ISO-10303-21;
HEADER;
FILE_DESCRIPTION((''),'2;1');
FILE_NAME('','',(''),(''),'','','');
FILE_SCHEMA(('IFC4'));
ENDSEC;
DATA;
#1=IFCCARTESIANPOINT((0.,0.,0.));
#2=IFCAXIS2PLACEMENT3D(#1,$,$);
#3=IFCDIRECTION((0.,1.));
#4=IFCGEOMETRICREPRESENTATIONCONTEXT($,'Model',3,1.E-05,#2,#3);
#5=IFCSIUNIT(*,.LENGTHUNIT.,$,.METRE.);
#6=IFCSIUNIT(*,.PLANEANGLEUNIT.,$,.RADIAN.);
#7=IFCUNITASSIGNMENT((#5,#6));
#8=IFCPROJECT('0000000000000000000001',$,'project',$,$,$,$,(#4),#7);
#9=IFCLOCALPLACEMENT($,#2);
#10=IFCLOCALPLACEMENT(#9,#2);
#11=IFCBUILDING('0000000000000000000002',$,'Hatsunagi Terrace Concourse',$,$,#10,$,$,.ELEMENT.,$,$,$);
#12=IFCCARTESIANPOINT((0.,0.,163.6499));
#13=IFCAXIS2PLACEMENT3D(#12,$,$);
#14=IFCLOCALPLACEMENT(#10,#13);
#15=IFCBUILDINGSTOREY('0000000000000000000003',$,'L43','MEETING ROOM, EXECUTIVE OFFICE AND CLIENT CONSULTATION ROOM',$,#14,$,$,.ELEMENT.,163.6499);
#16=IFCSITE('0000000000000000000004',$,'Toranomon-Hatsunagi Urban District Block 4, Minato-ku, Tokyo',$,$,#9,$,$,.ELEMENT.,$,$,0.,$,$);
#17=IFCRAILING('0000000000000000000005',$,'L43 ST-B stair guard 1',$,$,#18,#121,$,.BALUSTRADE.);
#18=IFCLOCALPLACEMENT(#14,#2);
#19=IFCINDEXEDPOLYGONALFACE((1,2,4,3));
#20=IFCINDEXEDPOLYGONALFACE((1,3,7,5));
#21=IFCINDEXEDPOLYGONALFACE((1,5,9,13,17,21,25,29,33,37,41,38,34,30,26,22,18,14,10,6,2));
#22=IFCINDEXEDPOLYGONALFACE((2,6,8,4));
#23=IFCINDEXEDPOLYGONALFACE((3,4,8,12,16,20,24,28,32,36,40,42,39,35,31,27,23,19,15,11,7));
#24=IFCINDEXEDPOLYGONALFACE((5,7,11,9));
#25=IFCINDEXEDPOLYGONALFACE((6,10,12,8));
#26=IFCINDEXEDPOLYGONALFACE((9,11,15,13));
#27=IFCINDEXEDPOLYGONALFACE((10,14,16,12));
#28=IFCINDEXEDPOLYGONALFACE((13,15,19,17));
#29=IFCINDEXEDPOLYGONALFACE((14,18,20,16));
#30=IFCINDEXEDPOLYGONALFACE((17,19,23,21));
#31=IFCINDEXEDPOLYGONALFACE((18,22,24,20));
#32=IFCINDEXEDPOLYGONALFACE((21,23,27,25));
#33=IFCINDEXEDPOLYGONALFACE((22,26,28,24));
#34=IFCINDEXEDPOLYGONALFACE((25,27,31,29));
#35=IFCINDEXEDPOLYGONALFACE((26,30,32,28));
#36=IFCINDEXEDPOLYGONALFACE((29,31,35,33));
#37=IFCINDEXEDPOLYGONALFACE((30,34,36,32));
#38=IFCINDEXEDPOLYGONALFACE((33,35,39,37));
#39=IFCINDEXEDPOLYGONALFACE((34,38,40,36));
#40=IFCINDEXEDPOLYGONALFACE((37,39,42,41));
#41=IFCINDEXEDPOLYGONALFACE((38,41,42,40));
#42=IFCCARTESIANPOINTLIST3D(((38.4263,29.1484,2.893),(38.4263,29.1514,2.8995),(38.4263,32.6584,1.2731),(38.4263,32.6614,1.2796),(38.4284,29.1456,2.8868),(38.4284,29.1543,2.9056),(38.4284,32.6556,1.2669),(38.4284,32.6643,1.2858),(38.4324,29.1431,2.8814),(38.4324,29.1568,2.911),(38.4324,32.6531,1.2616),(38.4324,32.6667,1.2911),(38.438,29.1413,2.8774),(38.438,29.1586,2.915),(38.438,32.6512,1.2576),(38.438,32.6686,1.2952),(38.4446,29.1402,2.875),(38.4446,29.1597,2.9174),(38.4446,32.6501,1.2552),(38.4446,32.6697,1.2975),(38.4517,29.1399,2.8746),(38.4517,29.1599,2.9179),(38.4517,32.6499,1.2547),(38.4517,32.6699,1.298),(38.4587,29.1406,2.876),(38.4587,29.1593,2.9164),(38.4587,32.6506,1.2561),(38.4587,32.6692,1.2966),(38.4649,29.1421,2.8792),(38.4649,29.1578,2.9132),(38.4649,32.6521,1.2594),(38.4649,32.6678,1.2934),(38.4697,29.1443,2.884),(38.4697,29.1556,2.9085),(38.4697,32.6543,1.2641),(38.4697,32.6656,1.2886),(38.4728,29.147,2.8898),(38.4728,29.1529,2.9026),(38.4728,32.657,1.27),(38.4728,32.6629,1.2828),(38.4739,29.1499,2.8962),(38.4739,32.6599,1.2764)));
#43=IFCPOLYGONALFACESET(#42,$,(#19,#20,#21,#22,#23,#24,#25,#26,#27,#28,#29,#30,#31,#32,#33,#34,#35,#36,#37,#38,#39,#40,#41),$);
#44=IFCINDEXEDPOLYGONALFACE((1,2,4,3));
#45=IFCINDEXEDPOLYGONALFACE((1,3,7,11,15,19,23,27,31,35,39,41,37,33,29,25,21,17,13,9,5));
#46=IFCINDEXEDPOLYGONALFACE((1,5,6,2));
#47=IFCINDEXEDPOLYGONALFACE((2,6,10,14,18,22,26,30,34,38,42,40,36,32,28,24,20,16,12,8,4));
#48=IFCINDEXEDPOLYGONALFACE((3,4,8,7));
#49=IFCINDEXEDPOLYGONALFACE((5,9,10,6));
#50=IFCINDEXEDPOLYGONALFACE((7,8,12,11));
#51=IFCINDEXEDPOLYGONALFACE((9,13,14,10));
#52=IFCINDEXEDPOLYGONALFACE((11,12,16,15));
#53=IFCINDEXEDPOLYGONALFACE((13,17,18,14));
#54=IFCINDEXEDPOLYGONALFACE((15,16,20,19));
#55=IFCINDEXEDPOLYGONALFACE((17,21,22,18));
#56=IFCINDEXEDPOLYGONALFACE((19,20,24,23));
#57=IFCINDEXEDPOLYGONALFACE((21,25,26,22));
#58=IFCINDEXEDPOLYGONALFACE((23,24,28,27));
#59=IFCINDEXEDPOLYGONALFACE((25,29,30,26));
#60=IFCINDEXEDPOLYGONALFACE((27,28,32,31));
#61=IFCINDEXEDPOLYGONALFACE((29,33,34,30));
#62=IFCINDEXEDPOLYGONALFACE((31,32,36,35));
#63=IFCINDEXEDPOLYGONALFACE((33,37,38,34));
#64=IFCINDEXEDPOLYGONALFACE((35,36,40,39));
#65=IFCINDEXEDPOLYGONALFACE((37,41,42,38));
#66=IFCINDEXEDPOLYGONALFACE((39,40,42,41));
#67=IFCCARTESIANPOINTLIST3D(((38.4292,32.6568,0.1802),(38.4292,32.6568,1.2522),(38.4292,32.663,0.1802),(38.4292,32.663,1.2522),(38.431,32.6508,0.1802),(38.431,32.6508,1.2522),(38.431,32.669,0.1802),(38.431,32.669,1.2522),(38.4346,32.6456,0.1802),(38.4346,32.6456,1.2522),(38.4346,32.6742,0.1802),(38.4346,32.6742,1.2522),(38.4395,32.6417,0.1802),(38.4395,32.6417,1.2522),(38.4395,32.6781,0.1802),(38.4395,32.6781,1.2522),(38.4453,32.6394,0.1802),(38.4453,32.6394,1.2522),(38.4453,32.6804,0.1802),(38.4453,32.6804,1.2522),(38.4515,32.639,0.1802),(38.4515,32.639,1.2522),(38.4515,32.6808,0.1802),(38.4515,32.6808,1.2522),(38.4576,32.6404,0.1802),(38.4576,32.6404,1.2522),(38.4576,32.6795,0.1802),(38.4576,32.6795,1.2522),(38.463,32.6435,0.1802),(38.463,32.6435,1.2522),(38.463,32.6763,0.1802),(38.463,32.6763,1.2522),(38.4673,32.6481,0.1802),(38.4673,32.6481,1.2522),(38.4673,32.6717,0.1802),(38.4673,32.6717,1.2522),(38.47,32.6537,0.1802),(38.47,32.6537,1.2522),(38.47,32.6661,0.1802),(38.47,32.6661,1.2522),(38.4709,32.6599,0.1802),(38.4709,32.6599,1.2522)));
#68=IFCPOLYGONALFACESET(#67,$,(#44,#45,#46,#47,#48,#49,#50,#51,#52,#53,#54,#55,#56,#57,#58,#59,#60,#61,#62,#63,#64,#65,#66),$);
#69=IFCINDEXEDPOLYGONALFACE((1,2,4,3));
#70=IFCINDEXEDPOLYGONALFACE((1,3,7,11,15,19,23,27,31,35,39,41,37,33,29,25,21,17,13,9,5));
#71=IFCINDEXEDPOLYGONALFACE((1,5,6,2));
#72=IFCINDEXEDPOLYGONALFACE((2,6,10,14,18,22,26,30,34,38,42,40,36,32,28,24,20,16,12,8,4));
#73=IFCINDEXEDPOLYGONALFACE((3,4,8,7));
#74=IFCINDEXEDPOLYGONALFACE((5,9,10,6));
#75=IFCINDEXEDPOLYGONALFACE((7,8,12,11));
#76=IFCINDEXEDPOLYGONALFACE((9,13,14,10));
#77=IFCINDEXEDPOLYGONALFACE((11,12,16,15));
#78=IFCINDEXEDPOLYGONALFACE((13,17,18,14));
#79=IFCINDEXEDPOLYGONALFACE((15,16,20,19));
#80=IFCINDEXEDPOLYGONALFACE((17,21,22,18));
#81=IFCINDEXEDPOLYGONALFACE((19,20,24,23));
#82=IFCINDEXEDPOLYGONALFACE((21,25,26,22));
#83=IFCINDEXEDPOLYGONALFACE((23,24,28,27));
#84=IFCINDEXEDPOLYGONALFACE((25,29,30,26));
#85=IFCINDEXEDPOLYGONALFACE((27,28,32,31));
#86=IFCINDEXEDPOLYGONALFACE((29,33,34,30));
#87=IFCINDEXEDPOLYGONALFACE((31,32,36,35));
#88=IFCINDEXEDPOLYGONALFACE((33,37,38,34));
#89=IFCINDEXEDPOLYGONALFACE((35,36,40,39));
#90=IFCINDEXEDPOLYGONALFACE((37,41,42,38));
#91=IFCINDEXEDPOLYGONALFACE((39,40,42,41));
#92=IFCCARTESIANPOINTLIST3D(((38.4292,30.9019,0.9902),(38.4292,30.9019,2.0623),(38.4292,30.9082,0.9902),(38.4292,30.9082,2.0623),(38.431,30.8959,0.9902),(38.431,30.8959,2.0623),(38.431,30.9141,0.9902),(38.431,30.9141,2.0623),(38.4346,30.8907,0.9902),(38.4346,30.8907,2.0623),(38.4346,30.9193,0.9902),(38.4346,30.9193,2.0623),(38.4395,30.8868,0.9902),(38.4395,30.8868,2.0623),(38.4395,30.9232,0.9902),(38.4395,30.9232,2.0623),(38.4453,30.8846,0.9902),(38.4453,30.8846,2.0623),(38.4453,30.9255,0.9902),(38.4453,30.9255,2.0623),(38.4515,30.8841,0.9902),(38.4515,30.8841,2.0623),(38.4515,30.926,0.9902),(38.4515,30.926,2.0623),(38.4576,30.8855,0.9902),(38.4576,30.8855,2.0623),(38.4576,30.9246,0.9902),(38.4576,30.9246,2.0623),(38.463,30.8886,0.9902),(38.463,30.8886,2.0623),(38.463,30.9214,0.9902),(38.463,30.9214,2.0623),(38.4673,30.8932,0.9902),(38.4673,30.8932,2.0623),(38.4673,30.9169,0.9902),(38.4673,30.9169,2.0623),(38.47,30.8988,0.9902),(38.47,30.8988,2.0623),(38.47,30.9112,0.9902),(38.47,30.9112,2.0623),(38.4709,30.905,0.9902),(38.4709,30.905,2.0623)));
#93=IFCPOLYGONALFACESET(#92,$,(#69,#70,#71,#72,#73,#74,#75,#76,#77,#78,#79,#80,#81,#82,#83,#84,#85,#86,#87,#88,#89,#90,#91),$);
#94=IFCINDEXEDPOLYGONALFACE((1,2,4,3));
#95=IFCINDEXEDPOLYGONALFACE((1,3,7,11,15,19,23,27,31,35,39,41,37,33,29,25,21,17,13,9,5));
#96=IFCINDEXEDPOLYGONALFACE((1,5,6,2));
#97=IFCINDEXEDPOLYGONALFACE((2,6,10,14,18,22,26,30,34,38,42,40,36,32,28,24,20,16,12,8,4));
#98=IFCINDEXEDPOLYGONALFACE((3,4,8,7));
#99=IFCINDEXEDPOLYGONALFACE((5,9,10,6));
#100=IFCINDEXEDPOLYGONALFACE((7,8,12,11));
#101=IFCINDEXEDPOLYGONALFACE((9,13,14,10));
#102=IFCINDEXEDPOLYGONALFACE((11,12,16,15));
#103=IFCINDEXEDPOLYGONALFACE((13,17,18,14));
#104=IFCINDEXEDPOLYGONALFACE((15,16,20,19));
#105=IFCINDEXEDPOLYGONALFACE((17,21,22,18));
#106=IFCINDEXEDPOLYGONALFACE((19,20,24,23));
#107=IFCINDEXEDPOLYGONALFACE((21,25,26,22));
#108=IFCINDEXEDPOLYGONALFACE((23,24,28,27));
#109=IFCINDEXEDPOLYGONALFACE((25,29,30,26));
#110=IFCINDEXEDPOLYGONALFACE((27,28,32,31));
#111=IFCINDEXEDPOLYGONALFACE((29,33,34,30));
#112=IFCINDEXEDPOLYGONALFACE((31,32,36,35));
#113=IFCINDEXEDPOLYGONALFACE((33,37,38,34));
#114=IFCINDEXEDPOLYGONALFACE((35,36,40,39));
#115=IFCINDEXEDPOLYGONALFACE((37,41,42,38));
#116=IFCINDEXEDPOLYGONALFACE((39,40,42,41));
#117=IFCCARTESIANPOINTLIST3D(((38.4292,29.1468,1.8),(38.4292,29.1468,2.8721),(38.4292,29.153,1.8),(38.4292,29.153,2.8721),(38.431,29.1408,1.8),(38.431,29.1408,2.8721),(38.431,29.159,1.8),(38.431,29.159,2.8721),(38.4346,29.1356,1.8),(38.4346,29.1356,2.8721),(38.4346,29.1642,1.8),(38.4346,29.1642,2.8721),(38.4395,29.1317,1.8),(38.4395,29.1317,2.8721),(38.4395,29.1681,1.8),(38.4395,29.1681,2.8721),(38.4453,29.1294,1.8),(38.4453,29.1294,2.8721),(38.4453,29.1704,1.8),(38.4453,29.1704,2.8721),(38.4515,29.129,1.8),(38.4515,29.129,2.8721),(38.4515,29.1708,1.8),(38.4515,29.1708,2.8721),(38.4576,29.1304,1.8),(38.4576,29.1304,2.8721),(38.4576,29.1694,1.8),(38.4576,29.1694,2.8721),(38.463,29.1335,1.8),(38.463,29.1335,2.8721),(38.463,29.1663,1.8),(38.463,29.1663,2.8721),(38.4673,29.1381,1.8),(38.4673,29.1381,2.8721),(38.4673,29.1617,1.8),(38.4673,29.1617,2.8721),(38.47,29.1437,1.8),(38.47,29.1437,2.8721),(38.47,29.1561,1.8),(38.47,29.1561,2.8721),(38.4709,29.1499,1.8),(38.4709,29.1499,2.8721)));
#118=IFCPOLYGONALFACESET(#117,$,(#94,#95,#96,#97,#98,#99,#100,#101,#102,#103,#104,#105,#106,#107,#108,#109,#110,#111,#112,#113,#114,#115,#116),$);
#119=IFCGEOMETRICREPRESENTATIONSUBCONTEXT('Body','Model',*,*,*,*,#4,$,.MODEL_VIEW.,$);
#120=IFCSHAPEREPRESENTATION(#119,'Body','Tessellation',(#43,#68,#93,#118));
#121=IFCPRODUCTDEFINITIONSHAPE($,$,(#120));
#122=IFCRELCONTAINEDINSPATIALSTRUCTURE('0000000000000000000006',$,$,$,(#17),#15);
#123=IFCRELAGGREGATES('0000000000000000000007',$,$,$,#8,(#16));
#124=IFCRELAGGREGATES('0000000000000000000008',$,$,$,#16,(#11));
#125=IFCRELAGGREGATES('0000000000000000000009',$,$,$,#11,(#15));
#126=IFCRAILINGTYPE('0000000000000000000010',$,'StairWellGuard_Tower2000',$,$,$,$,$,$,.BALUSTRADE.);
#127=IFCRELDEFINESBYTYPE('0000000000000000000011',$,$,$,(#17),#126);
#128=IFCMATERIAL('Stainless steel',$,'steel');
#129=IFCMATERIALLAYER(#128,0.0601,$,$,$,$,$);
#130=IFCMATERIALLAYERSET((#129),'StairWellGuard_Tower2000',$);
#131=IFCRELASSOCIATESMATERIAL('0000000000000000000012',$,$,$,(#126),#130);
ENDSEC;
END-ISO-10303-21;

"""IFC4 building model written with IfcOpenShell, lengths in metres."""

from ifc_helpers import new_model, si_unit, direction, frame, origin, origin_2d, place, context, subcontext, project, spatial, circle, extrude, material, layer, layer_set, type_object, element, save


model = new_model("IFC4")

# Units and contexts
model_context = context("Model", 3, precision=1e-05, world=origin(), true_north=direction((0.0, 1.0)))
body_context = subcontext(model_context, "Body", "Model", "MODEL_VIEW")
ifc_project = project(units=[si_unit("LENGTHUNIT", "METRE"), si_unit("PLANEANGLEUNIT", "RADIAN")], contexts=[model_context])

# Site, building, storey
site_placement = place(None, origin())
site = spatial("IfcSite", under=ifc_project, at=site_placement, Name="Toranomon-Hatsunagi Urban District Block 4, Minato-ku, Tokyo", CompositionType="ELEMENT", RefElevation=0.0)
building_placement = place(site_placement, origin())
building = spatial("IfcBuilding", under=site, at=building_placement, Name="Hatsunagi Terrace Concourse", CompositionType="ELEMENT")
storey_placement = place(building_placement, frame((0.0, 0.0, 163.6499)))
storey = spatial("IfcBuildingStorey", under=building, at=storey_placement, Name="L43", Description="MEETING ROOM, EXECUTIVE OFFICE AND CLIENT CONSULTATION ROOM", CompositionType="ELEMENT", Elevation=163.6499)

# Railing
ifc_material_1 = material(Name="Stainless steel", Category="steel")
ifc_layer_1 = layer(ifc_material_1, 0.0601)
ifc_layer_set_1 = layer_set([ifc_layer_1], Name="StairWellGuard_Tower2000")
railing_type_1 = type_object("IfcRailingType", Name="StairWellGuard_Tower2000", PredefinedType="BALUSTRADE", material=ifc_layer_set_1)
railing_1_placement = place(storey_placement, frame((38.45, 32.6599, 0.1802)))
element("IfcRailing", 1, at=railing_1_placement, inside=storey, type_object=railing_type_1, Name="L43 ST-B stair guard 1", PredefinedType="BALUSTRADE", context=body_context, shape_type="SweptSolid", body=[
    extrude(circle(Radius=0.0239, at=origin_2d()), frame((0.0, 0.0, 1.0962), z_axis=(0.0, -0.907972, 0.41903), x_axis=(1.0, 0.0, 0.0)), (0.0, 0.0, 1.0), 3.8657),
    extrude(circle(Radius=0.021, at=origin_2d()), origin(), (0.0, 0.0, 1.0), 1.072),
    extrude(circle(Radius=0.021, at=origin_2d()), frame((0.0, -1.7549, 0.8101)), (0.0, 0.0, 1.0), 1.072),
    extrude(circle(Radius=0.021, at=origin_2d()), frame((0.0, -3.51, 1.6199)), (0.0, 0.0, 1.0), 1.072),
])

save(model, "model.ifc")
